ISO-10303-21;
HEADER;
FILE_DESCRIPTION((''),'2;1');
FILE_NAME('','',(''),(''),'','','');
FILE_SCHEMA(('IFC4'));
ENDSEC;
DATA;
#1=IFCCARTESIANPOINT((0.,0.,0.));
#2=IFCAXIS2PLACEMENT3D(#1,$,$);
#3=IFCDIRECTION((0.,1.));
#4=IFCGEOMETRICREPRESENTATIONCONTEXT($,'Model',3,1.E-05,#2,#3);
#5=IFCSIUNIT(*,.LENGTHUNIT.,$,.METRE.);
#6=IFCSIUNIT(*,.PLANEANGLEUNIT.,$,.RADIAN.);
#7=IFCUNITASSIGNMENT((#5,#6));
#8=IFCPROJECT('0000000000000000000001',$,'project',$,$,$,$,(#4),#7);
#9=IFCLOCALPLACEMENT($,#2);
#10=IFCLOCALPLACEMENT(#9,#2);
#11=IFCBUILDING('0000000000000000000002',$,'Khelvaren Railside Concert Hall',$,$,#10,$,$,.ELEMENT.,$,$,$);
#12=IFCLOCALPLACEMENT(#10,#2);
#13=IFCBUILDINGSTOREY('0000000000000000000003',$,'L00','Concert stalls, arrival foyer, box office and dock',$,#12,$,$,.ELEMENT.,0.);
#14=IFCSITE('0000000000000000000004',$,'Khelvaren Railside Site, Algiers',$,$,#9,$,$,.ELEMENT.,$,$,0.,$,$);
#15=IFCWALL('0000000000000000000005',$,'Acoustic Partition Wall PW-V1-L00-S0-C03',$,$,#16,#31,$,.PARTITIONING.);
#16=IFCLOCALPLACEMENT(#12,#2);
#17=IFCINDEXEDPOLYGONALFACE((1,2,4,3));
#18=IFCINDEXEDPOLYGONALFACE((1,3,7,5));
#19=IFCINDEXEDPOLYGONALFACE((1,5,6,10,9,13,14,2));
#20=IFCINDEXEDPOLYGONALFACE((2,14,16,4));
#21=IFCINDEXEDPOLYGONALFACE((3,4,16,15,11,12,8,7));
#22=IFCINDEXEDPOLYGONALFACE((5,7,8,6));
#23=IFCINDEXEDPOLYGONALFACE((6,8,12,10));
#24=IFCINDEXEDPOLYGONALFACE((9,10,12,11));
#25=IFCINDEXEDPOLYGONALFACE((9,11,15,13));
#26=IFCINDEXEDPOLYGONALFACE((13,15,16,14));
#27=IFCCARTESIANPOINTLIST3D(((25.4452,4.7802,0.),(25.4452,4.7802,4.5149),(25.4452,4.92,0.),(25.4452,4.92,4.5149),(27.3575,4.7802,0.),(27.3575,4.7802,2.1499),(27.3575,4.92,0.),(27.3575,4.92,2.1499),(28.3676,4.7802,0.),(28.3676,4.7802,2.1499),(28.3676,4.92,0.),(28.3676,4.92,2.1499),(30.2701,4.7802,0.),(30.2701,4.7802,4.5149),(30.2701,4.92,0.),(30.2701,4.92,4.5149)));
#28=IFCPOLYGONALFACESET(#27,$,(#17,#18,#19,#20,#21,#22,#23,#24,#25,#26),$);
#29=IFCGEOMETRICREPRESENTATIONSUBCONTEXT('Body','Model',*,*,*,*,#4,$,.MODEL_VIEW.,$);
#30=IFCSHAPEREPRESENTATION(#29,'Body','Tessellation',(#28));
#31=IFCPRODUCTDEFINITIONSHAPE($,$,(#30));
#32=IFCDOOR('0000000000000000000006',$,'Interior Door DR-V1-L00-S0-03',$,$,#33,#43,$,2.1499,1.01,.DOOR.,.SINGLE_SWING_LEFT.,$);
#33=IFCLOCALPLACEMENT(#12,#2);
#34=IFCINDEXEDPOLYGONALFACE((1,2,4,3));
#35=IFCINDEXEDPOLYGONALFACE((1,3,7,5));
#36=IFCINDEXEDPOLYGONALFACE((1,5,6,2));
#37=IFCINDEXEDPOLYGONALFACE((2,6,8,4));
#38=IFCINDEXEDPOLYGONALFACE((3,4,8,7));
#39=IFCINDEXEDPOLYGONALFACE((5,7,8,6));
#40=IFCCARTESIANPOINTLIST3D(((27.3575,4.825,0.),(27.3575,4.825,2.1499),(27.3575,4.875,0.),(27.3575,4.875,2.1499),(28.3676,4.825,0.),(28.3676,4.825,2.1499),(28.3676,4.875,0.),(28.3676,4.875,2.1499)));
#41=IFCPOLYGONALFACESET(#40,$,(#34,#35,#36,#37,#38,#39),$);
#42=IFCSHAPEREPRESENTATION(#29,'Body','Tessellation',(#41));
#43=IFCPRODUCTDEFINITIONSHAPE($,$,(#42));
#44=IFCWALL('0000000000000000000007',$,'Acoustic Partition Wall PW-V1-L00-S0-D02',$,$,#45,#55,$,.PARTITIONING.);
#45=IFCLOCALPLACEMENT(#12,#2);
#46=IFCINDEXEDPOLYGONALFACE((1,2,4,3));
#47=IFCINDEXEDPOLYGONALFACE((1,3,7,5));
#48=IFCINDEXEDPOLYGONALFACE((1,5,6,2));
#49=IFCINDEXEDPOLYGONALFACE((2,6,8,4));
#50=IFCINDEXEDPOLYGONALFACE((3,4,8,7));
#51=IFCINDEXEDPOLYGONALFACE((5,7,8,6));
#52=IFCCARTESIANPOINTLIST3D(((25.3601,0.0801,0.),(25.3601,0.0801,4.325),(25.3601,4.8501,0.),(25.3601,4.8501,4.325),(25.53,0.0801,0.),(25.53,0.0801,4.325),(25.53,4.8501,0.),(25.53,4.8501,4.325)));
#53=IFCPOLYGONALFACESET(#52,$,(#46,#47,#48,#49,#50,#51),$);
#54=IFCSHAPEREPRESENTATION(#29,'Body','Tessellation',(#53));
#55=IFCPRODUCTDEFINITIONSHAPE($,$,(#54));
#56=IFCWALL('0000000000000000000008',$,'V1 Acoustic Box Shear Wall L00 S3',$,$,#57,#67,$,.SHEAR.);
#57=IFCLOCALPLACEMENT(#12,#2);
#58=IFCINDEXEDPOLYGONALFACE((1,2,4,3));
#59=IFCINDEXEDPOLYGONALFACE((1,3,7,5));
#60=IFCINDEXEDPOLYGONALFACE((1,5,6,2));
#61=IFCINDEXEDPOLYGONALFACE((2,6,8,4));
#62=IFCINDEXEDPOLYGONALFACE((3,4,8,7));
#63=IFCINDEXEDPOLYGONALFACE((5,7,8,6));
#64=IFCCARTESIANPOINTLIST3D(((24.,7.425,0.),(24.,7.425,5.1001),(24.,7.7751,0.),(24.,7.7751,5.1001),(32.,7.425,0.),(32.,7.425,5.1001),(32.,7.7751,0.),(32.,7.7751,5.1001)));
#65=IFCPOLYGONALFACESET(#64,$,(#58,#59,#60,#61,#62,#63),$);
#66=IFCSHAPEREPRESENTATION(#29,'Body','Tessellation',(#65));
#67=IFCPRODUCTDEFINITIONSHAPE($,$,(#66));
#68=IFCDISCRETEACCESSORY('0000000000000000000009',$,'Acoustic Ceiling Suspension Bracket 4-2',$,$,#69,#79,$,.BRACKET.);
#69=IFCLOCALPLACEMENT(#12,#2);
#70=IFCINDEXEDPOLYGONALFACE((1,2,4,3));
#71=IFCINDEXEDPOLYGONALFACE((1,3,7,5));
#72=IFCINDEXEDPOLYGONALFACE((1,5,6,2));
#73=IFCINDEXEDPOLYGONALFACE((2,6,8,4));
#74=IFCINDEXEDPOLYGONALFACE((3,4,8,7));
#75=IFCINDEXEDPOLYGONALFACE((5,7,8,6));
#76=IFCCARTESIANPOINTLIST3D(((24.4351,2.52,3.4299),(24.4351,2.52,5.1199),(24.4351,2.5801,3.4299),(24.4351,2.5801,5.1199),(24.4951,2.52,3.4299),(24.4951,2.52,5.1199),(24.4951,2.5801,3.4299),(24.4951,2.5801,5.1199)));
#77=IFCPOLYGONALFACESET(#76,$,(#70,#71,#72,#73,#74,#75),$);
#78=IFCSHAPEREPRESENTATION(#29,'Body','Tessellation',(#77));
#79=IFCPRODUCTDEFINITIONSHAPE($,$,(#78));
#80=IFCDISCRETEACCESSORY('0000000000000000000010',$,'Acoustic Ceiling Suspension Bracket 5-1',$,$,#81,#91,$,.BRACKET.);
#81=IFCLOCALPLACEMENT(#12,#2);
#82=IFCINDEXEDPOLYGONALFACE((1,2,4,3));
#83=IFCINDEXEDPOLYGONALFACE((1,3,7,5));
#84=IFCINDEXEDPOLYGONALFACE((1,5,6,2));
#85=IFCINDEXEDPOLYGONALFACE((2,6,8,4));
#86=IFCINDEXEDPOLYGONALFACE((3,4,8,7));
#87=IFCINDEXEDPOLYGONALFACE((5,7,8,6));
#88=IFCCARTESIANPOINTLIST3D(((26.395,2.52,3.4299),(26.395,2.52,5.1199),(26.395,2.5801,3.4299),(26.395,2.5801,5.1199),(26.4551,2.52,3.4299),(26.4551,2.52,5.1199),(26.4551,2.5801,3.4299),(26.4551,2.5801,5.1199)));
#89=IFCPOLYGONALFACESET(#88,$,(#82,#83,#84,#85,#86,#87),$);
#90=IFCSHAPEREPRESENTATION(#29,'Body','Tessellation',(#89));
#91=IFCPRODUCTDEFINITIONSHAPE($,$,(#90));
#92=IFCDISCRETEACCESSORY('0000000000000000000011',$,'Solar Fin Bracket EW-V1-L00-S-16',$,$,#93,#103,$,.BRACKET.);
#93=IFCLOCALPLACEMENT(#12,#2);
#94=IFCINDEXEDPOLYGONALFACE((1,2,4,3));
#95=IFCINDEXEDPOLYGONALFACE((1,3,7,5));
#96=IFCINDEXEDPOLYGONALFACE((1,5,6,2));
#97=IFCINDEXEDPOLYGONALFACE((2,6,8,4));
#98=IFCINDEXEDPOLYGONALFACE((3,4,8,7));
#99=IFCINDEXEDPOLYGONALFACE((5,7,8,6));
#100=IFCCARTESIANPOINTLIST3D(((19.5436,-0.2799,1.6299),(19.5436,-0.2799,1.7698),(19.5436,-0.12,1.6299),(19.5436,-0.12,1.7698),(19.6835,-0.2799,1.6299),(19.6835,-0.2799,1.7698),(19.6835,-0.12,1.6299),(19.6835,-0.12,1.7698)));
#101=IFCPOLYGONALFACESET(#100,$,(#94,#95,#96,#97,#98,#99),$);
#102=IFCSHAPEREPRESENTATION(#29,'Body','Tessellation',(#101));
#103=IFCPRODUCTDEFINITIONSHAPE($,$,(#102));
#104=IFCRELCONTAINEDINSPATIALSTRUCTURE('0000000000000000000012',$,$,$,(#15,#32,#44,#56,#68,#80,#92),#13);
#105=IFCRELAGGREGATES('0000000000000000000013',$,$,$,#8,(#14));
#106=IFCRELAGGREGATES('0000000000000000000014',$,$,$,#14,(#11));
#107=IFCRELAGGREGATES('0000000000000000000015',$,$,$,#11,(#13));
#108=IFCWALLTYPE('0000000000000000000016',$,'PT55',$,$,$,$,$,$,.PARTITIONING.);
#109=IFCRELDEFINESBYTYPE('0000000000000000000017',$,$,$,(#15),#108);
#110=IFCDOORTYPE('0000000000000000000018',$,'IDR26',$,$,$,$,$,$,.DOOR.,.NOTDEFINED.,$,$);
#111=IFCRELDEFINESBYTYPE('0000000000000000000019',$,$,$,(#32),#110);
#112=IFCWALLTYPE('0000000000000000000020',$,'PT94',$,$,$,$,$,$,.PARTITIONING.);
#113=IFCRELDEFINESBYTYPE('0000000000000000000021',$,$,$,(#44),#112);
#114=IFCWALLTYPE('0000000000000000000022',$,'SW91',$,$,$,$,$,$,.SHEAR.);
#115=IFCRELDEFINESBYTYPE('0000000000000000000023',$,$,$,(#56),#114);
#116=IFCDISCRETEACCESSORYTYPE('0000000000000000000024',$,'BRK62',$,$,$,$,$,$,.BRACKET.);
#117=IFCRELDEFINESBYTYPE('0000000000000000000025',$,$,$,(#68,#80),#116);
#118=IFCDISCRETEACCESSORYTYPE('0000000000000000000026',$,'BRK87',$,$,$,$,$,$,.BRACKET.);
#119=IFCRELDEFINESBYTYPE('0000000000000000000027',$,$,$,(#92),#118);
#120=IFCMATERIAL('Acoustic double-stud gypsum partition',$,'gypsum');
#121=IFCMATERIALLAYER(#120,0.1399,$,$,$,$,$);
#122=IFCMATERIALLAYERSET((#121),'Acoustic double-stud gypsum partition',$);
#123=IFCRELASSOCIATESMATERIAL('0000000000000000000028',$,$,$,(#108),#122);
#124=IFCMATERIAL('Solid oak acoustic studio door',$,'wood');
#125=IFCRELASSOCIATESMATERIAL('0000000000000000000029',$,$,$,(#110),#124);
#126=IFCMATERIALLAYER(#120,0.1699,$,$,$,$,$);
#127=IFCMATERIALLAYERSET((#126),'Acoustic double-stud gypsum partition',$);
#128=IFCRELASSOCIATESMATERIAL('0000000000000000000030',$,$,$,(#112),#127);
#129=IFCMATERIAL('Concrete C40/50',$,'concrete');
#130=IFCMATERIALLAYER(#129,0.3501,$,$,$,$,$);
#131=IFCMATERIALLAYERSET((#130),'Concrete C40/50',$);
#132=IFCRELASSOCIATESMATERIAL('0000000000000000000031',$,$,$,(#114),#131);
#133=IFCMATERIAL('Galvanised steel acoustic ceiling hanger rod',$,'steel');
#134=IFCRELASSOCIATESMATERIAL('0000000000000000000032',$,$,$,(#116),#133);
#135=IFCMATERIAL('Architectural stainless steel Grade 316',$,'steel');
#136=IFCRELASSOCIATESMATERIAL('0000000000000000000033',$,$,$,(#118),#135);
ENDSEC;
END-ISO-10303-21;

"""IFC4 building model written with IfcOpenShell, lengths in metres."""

from ifc_helpers import new_model, si_unit, direction, frame, frame_2d, origin, origin_2d, place, context, subcontext, project, spatial, rectangle, extrude, material, layer, layer_set, type_object, element, fill, save


model = new_model("IFC4")

# Units and contexts
model_context = context("Model", 3, precision=1e-05, world=origin(), true_north=direction((0.0, 1.0)))
body_context = subcontext(model_context, "Body", "Model", "MODEL_VIEW")
ifc_project = project(units=[si_unit("LENGTHUNIT", "METRE"), si_unit("PLANEANGLEUNIT", "RADIAN")], contexts=[model_context])

# Site, building, storey
site_placement = place(None, origin())
site = spatial("IfcSite", under=ifc_project, at=site_placement, Name="Khelvaren Railside Site, Algiers", CompositionType="ELEMENT", RefElevation=0.0)
building_placement = place(site_placement, origin())
building = spatial("IfcBuilding", under=site, at=building_placement, Name="Khelvaren Railside Concert Hall", CompositionType="ELEMENT")
storey_placement = place(building_placement, origin())
storey = spatial("IfcBuildingStorey", under=building, at=storey_placement, Name="L00", Description="Concert stalls, arrival foyer, box office and dock", CompositionType="ELEMENT", Elevation=0.0)

# Shared definitions
ifc_material_1 = material(Name="Concrete C40/50", Category="concrete")

# Wall, opening, door
ifc_material_2 = material(Name="Acoustic double-stud gypsum partition", Category="gypsum")
ifc_layer_1 = layer(ifc_material_2, 0.1399)
ifc_layer_set_1 = layer_set([ifc_layer_1], Name="Acoustic double-stud gypsum partition")
wall_type_1 = type_object("IfcWallType", Name="PT55", PredefinedType="PARTITIONING", material=ifc_layer_set_1)
wall_1_placement = place(storey_placement, frame((25.4451, 4.8501, 0.0), z_axis=(0.0, 0.0, 1.0), x_axis=(1.0, 0.0, 0.0)))
wall_1 = element("IfcWall", 1, at=wall_1_placement, inside=storey, type_object=wall_type_1, Name="Acoustic Partition Wall PW-V1-L00-S0-C03", PredefinedType="PARTITIONING", context=body_context, shape_type="SweptSolid", body=[
    extrude(rectangle(XDim=4.825, YDim=0.1399, at=frame_2d((2.4126, 0.0))), origin(), (0.0, 0.0, 1.0), 4.5149),
])
opening_1_placement = place(wall_1_placement, frame((1.9126, 0.0, 0.0)))
opening_1 = element("IfcOpeningElement", 2, at=opening_1_placement, cuts=wall_1, PredefinedType="OPENING", context=body_context, shape_type="SweptSolid", body=[
    extrude(rectangle(XDim=1.01, YDim=2.1499, at=frame_2d((0.5049, 1.075))), frame((0.0, 0.0798, 0.0), z_axis=(0.0, -1.0, 0.0), x_axis=(1.0, 0.0, 0.0)), (0.0, 0.0, 1.0), 0.1599),
])
ifc_material_3 = material(Name="Solid oak acoustic studio door", Category="wood")
door_type = type_object("IfcDoorType", Name="IDR26", OperationType="NOTDEFINED", PredefinedType="DOOR", material=ifc_material_3)
door_placement = place(opening_1_placement, origin())
door = element("IfcDoor", 3, at=door_placement, inside=storey, type_object=door_type, Name="Interior Door DR-V1-L00-S0-03", OperationType="SINGLE_SWING_LEFT", OverallHeight=2.1499, OverallWidth=1.01, PredefinedType="DOOR", context=body_context, shape_type="SweptSolid", body=[
    extrude(rectangle(XDim=1.01, YDim=2.1499, at=frame_2d((0.5049, 1.075))), frame((0.0, 0.0249, 0.0), z_axis=(0.0, -1.0, 0.0), x_axis=(1.0, 0.0, 0.0)), (0.0, 0.0, 1.0), 0.05),
])
fill(opening_1, door)

# Walls
ifc_layer_2 = layer(ifc_material_2, 0.1699)
ifc_layer_set_2 = layer_set([ifc_layer_2], Name="Acoustic double-stud gypsum partition")
wall_type_2 = type_object("IfcWallType", Name="PT94", PredefinedType="PARTITIONING", material=ifc_layer_set_2)
wall_2_placement = place(storey_placement, frame((25.4451, 0.0801, 0.0), z_axis=(0.0, 0.0, 1.0), x_axis=(0.0, 1.0, 0.0)))
element("IfcWall", 4, at=wall_2_placement, inside=storey, type_object=wall_type_2, Name="Acoustic Partition Wall PW-V1-L00-S0-D02", PredefinedType="PARTITIONING", context=body_context, shape_type="SweptSolid", body=[
    extrude(rectangle(XDim=4.77, YDim=0.1699, at=frame_2d((2.385, 0.0))), origin(), (0.0, 0.0, 1.0), 4.325),
])
ifc_layer_3 = layer(ifc_material_1, 0.3501)
ifc_layer_set_3 = layer_set([ifc_layer_3], Name="Concrete C40/50")
wall_type_3 = type_object("IfcWallType", Name="SW91", PredefinedType="SHEAR", material=ifc_layer_set_3)
wall_3_placement = place(storey_placement, frame((24.0, 7.6001, 0.0), z_axis=(0.0, 0.0, 1.0), x_axis=(1.0, 0.0, 0.0)))
element("IfcWall", 5, at=wall_3_placement, inside=storey, type_object=wall_type_3, Name="V1 Acoustic Box Shear Wall L00 S3", PredefinedType="SHEAR", context=body_context, shape_type="SweptSolid", body=[
    extrude(rectangle(XDim=8.0, YDim=0.3501, at=frame_2d((4.0, 0.0))), origin(), (0.0, 0.0, 1.0), 5.1001),
])

# Discrete accessories
ifc_material_4 = material(Name="Galvanised steel acoustic ceiling hanger rod", Category="steel")
discrete_accessory_type_1 = type_object("IfcDiscreteAccessoryType", Name="BRK62", PredefinedType="BRACKET", material=ifc_material_4)
for number, where, z_axis, x_axis, name in (
    (6, (24.4651, 2.55, 3.4299), (0.0, 0.0, 1.0), (1.0, 0.0, 0.0), "Acoustic Ceiling Suspension Bracket 4-2"),
    (7, (26.425, 2.55, 3.4299), (0.0, 0.0, 1.0), (1.0, 0.0, 0.0), "Acoustic Ceiling Suspension Bracket 5-1"),
):
    element("IfcDiscreteAccessory", number, at=place(storey_placement, frame(where, z_axis=z_axis, x_axis=x_axis)), inside=storey, type_object=discrete_accessory_type_1, Name=name, PredefinedType="BRACKET", context=body_context, shape_type="SweptSolid", body=[
        extrude(rectangle(XDim=0.0601, YDim=0.0601, at=origin_2d()), origin(), (0.0, 0.0, 1.0), 1.6899),
    ])
ifc_material_5 = material(Name="Architectural stainless steel Grade 316", Category="steel")
discrete_accessory_type_2 = type_object("IfcDiscreteAccessoryType", Name="BRK87", PredefinedType="BRACKET", material=ifc_material_5)
discrete_accessory_placement = place(storey_placement, frame((19.6135, -0.2, 1.6299), z_axis=(0.0, 0.0, 1.0), x_axis=(-1.0, 0.0, 0.0)))
element("IfcDiscreteAccessory", 8, at=discrete_accessory_placement, inside=storey, type_object=discrete_accessory_type_2, Name="Solar Fin Bracket EW-V1-L00-S-16", PredefinedType="BRACKET", context=body_context, shape_type="SweptSolid", body=[
    extrude(rectangle(XDim=0.1399, YDim=0.1599, at=origin_2d()), origin(), (0.0, 0.0, 1.0), 0.1399),
])

save(model, "model.ifc")
